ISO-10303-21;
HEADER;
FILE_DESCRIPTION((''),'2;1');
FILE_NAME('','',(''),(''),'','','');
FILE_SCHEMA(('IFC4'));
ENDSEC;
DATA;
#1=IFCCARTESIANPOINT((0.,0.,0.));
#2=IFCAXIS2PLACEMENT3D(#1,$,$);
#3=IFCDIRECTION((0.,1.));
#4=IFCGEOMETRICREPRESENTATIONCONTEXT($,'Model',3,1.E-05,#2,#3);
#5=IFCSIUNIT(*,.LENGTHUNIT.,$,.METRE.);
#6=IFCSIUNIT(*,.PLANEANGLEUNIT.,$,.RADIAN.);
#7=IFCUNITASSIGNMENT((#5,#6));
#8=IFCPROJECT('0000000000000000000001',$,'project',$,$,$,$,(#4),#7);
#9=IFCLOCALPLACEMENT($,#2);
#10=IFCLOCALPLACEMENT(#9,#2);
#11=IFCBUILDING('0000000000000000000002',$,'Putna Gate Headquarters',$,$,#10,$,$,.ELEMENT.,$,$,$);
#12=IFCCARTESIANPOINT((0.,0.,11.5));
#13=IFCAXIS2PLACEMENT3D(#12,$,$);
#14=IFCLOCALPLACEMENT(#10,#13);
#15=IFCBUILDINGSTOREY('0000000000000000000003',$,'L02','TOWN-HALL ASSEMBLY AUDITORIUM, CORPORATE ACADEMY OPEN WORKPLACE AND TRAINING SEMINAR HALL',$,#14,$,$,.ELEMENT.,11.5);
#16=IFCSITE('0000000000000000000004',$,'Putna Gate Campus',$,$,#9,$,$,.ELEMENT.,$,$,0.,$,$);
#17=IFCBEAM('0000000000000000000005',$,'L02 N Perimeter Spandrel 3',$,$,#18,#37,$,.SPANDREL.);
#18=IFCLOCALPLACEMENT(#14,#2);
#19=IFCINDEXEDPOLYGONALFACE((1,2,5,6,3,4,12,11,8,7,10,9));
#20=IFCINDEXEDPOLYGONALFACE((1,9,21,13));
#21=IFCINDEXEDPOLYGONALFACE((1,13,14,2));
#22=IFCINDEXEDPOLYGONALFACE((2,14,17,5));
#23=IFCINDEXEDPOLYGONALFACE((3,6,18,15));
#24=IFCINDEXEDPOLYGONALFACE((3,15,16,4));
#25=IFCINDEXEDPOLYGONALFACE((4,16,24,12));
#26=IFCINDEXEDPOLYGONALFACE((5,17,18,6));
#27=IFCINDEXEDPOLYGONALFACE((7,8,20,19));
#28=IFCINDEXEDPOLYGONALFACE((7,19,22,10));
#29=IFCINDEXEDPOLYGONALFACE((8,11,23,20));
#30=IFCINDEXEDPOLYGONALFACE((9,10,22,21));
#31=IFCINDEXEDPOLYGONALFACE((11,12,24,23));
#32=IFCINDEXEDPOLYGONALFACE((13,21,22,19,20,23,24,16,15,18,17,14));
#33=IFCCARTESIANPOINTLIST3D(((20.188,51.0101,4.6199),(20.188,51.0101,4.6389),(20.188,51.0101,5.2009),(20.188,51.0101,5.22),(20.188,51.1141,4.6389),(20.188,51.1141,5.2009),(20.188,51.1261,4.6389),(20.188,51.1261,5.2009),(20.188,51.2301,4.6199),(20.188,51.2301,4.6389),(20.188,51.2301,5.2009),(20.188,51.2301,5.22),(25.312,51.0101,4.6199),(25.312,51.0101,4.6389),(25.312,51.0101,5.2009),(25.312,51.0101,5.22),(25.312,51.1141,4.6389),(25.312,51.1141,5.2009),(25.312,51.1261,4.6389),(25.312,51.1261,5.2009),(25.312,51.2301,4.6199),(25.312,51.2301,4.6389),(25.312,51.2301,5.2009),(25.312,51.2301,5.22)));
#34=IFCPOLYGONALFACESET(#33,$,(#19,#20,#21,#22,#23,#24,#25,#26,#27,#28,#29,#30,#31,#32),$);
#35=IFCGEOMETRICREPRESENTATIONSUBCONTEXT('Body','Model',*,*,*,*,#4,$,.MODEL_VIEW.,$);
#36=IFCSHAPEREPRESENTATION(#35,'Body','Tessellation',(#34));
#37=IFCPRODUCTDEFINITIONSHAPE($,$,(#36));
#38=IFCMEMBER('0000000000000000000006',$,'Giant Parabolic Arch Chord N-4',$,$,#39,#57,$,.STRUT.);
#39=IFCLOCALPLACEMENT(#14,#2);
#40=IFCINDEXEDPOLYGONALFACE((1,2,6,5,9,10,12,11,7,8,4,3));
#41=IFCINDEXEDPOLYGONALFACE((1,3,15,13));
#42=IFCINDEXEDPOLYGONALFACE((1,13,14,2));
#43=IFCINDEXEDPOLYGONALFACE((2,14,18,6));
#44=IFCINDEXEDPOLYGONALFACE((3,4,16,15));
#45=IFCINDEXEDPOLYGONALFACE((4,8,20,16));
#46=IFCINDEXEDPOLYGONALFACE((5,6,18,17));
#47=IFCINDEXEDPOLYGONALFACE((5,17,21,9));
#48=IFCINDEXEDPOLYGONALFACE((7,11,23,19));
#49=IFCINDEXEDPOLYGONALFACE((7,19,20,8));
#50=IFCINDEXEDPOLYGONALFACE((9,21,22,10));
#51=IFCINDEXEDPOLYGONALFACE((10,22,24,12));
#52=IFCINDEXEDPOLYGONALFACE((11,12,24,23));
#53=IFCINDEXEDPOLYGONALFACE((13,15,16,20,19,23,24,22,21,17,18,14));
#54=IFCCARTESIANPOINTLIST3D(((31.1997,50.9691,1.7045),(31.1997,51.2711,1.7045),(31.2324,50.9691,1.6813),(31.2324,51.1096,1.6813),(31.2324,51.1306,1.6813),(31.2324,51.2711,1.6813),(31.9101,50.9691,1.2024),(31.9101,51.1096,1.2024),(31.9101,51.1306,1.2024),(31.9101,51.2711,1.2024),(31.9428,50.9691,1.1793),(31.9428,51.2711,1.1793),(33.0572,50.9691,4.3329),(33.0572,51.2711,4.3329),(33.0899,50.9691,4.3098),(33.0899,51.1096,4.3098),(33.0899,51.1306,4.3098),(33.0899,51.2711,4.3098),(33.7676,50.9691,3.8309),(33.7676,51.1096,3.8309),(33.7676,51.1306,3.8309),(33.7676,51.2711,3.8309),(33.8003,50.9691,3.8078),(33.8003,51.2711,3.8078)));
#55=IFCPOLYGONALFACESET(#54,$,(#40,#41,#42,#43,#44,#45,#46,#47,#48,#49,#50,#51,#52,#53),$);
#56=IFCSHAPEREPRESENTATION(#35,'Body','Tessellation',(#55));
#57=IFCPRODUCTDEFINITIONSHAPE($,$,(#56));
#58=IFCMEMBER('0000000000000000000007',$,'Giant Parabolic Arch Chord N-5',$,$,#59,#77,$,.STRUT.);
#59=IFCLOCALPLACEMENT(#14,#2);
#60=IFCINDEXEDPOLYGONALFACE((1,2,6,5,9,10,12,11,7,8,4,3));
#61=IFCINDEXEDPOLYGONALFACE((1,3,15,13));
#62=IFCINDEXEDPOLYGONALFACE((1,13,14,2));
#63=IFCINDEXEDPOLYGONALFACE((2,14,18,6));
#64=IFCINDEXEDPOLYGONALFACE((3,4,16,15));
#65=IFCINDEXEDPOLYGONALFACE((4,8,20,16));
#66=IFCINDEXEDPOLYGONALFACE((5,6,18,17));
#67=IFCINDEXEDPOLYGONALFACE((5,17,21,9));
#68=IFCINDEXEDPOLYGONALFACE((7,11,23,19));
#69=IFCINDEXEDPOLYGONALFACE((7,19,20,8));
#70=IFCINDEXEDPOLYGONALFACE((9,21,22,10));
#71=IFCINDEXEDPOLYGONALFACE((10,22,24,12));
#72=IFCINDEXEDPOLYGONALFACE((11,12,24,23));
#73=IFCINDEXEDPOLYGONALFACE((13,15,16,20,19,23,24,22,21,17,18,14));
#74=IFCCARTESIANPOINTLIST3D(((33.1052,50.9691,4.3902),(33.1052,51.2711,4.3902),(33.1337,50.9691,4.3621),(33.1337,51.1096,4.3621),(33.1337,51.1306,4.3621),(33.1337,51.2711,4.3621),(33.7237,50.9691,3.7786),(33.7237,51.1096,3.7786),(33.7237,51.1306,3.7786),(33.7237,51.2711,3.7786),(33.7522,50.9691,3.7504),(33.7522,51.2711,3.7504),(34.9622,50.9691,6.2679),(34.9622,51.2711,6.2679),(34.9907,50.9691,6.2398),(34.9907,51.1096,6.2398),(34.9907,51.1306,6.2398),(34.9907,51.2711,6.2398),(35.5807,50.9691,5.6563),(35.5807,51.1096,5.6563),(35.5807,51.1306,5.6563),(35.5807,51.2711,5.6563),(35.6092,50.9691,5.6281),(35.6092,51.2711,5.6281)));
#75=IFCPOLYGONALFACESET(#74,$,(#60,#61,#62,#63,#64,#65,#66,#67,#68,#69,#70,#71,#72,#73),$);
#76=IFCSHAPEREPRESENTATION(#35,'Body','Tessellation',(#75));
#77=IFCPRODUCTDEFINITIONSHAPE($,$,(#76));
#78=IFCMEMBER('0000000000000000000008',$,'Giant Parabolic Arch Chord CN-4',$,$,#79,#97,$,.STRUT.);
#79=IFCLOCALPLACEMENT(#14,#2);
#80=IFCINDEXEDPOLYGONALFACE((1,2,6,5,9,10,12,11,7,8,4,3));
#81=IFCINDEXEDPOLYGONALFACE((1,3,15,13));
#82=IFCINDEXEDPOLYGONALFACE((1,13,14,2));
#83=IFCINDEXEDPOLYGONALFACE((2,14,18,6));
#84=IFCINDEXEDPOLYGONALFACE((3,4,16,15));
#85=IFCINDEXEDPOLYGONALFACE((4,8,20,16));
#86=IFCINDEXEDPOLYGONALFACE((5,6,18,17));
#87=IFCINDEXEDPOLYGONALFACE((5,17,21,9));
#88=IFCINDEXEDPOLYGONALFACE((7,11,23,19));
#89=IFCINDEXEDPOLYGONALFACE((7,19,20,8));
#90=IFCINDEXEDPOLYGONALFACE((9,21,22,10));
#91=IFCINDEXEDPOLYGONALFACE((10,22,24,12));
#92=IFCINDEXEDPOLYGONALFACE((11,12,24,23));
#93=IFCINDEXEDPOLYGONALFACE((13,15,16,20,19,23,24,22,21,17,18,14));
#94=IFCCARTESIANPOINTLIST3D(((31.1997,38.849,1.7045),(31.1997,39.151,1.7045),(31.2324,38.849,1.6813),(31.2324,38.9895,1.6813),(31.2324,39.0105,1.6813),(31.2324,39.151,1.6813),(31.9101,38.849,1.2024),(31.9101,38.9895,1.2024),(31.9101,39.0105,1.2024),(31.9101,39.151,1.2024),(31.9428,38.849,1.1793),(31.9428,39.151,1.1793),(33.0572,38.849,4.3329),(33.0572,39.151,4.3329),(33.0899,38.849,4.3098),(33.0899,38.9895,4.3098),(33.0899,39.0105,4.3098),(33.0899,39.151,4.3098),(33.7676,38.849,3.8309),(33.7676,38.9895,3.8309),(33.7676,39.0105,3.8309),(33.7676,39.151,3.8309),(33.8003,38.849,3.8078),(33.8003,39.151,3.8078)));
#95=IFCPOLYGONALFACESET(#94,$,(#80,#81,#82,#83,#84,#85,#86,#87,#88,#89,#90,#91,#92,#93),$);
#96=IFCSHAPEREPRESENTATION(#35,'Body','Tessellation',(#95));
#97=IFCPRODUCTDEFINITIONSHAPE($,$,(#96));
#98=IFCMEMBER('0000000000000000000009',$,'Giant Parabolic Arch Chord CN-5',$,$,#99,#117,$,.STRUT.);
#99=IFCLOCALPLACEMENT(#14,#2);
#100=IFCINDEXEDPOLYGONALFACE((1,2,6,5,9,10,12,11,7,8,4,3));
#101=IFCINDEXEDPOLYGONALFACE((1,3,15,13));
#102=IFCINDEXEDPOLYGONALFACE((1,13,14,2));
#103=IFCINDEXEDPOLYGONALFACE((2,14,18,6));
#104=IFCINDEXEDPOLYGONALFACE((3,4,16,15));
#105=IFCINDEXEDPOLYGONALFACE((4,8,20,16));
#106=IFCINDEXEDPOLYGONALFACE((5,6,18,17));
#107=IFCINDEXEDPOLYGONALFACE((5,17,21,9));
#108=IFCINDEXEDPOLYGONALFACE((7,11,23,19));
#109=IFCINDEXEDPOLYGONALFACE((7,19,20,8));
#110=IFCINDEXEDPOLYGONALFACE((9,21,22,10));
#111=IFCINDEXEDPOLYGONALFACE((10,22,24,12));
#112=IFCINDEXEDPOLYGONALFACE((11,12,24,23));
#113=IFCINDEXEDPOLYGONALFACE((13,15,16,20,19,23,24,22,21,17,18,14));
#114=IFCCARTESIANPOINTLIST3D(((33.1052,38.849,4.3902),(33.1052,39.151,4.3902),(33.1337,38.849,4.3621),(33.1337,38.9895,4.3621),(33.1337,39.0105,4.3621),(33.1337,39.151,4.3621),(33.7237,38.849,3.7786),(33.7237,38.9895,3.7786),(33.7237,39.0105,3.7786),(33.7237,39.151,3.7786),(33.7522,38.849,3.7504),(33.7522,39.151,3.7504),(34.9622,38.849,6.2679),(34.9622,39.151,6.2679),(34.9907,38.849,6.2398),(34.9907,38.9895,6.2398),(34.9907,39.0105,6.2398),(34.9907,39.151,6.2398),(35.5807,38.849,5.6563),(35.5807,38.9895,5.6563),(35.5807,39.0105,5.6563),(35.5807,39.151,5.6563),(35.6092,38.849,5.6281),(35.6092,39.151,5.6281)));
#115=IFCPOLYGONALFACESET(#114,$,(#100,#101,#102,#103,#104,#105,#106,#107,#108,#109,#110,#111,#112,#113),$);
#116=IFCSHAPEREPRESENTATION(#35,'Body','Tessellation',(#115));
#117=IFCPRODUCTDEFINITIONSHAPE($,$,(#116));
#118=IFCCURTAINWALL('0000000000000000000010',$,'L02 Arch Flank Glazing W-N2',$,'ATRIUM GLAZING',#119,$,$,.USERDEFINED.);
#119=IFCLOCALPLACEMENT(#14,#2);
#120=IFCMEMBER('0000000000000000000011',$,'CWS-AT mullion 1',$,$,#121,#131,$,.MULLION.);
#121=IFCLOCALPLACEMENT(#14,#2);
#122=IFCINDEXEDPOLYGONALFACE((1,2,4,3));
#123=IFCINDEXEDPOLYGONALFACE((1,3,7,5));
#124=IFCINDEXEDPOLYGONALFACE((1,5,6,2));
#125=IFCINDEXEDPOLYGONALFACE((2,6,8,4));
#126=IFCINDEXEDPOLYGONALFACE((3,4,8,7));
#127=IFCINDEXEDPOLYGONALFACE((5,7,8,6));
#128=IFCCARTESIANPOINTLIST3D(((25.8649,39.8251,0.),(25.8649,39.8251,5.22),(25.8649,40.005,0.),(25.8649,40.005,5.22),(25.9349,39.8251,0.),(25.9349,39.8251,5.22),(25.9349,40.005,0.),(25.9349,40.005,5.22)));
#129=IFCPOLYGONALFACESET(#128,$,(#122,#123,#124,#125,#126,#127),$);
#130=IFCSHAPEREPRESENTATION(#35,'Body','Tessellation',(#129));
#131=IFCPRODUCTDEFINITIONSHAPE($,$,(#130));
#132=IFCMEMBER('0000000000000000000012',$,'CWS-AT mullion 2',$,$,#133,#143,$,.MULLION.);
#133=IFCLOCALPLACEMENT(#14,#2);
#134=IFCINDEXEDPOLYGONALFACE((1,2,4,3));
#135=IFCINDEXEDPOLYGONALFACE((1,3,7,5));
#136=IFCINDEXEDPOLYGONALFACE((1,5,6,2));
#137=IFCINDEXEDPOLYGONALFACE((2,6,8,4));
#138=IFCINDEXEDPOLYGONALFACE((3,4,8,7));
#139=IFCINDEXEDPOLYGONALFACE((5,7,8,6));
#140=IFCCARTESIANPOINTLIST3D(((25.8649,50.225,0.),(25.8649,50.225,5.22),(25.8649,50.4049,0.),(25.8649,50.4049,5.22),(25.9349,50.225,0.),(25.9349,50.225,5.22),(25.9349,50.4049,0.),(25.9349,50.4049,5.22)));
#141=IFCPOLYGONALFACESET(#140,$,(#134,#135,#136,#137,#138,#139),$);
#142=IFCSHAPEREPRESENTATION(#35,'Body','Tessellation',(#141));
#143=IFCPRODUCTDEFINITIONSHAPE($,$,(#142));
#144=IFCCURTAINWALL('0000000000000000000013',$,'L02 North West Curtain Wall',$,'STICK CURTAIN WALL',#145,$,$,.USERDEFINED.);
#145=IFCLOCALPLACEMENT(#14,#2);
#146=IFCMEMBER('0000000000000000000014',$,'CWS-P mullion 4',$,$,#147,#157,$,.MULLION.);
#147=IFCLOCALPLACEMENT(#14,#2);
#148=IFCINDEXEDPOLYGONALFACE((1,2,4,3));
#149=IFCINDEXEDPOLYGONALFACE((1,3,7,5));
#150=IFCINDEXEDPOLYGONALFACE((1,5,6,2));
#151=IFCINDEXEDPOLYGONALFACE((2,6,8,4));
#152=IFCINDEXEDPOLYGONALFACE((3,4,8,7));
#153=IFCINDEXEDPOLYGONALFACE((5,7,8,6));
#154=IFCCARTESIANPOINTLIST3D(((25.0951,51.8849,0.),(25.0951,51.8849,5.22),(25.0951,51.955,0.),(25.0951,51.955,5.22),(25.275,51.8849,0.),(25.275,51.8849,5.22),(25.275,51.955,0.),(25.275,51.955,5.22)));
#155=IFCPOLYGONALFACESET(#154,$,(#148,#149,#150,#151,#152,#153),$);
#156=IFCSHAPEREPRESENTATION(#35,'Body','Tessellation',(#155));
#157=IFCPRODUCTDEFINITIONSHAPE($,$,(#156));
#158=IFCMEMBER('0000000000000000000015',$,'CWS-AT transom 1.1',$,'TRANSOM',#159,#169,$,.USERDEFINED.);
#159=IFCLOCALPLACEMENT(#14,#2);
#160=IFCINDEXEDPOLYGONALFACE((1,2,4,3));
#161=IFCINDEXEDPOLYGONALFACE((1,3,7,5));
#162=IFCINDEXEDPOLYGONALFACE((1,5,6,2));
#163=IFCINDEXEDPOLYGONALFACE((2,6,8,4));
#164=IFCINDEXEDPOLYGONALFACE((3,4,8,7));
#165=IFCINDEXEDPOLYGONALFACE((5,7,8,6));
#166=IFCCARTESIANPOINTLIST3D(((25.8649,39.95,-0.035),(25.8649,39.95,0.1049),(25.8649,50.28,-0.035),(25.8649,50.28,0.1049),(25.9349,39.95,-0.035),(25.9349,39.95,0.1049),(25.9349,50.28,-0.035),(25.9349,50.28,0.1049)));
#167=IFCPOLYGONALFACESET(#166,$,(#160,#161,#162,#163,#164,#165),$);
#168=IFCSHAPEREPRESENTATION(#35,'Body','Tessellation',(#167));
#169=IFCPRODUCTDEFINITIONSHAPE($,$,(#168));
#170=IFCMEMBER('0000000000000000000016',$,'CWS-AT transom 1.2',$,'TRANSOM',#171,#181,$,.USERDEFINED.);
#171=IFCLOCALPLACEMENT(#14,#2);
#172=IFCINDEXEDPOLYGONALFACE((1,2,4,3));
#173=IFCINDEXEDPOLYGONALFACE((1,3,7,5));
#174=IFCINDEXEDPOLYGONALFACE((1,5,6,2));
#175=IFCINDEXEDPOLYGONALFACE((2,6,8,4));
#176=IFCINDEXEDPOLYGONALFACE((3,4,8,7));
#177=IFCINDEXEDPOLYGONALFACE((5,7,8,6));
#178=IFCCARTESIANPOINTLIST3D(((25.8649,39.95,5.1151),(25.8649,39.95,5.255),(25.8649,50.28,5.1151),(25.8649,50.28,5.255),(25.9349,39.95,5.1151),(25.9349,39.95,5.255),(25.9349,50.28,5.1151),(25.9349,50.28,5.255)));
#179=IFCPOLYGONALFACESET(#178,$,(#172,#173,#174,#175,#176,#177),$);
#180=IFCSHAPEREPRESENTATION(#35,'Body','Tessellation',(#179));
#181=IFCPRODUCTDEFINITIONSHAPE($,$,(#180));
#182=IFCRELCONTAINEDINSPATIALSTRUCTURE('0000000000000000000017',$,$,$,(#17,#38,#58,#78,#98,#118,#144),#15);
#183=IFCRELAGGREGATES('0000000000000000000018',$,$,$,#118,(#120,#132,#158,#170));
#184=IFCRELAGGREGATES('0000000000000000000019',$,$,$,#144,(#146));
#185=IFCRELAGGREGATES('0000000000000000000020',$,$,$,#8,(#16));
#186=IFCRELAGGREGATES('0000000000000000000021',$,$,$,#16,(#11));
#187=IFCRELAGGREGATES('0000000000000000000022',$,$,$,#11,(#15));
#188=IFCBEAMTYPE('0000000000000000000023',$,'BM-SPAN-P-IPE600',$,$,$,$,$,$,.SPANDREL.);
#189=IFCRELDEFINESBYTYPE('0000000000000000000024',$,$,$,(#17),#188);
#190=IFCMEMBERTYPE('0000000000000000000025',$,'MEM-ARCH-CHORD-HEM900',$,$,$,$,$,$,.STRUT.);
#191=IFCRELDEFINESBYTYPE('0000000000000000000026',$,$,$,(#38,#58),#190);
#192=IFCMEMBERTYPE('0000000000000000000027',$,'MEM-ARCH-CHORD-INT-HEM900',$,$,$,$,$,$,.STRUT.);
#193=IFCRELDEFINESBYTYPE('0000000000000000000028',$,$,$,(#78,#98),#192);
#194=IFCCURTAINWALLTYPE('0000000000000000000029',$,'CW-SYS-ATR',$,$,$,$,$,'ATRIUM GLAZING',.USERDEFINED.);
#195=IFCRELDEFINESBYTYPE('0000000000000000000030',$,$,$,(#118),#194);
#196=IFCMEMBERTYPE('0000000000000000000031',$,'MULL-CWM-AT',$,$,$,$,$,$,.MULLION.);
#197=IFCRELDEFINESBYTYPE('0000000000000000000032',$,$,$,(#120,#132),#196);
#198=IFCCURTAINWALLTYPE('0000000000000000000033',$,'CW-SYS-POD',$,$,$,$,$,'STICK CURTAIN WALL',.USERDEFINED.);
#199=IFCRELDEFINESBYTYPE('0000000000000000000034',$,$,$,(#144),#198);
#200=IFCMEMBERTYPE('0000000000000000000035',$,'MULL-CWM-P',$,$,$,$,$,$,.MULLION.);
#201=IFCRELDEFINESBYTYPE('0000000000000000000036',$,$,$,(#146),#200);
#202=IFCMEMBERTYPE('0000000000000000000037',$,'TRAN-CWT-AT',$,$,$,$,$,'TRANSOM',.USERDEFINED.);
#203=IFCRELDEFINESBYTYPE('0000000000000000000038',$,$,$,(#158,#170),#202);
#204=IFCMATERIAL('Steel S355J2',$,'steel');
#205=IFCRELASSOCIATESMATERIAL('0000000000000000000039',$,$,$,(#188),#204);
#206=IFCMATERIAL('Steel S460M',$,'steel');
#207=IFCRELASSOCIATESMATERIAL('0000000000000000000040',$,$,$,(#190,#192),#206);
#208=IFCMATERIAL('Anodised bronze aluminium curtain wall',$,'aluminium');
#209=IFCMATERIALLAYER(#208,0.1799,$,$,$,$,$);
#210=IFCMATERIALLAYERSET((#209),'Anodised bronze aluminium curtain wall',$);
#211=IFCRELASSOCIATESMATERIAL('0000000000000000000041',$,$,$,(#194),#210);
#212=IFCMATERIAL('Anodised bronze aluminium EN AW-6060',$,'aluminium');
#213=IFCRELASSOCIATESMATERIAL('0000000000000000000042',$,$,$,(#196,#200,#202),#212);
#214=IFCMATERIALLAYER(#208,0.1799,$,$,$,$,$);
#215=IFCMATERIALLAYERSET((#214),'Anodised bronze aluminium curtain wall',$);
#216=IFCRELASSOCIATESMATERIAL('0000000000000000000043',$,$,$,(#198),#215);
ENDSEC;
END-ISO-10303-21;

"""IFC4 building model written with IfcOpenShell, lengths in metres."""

from ifc_helpers import new_model, si_unit, direction, frame, origin, origin_2d, place, context, subcontext, project, spatial, rectangle, i_section, extrude, material, layer, layer_set, material_profile, profile_set, type_object, element, aggregate, save


model = new_model("IFC4")

# Units and contexts
model_context = context("Model", 3, precision=1e-05, world=origin(), true_north=direction((0.0, 1.0)))
body_context = subcontext(model_context, "Body", "Model", "MODEL_VIEW")
ifc_project = project(units=[si_unit("LENGTHUNIT", "METRE"), si_unit("PLANEANGLEUNIT", "RADIAN")], contexts=[model_context])

# Site, building, storey
site_placement = place(None, origin())
site = spatial("IfcSite", under=ifc_project, at=site_placement, Name="Putna Gate Campus", CompositionType="ELEMENT", RefElevation=0.0)
building_placement = place(site_placement, origin())
building = spatial("IfcBuilding", under=site, at=building_placement, Name="Putna Gate Headquarters", CompositionType="ELEMENT")
storey_placement = place(building_placement, frame((0.0, 0.0, 11.5)))
storey = spatial("IfcBuildingStorey", under=building, at=storey_placement, Name="L02", Description="TOWN-HALL ASSEMBLY AUDITORIUM, CORPORATE ACADEMY OPEN WORKPLACE AND TRAINING SEMINAR HALL", CompositionType="ELEMENT", Elevation=11.5)

# Beam
ifc_material_1 = material(Name="Steel S355J2", Category="steel")
ifc_material_profile_1 = material_profile(ifc_material_1, i_section(OverallWidth=0.22, OverallDepth=0.6001, WebThickness=0.012, FlangeThickness=0.019, at=origin_2d()), Name="Steel S355J2")
ifc_profile_set_1 = profile_set([ifc_material_profile_1], Name="Steel S355J2")
beam_type_1 = type_object("IfcBeamType", Name="BM-SPAN-P-IPE600", PredefinedType="SPANDREL", material=ifc_profile_set_1)
beam_1_placement = place(storey_placement, frame((20.188, 51.1201, 4.9199), z_axis=(1.0, 0.0, 0.0), x_axis=(0.0, 1.0, 0.0)))
element("IfcBeam", 1, at=beam_1_placement, inside=storey, type_object=beam_type_1, Name="L02 N Perimeter Spandrel 3", PredefinedType="SPANDREL", context=body_context, shape_type="SweptSolid", body=[
    extrude(i_section(OverallWidth=0.22, OverallDepth=0.6001, WebThickness=0.012, FlangeThickness=0.019, at=origin_2d()), origin(), (0.0, 0.0, 1.0), 5.124),
])

# Members
ifc_material_2 = material(Name="Steel S460M", Category="steel")
ifc_material_profile_2 = material_profile(ifc_material_2, i_section(OverallWidth=0.302, OverallDepth=0.9099, WebThickness=0.021, FlangeThickness=0.04, at=origin_2d()), Name="Steel S460M")
ifc_profile_set_2 = profile_set([ifc_material_profile_2], Name="Steel S460M")
member_type_1 = type_object("IfcMemberType", Name="MEM-ARCH-CHORD-HEM900", PredefinedType="STRUT", material=ifc_profile_set_2)
member_1_placement = place(storey_placement, frame((31.5713, 51.1201, 1.4419), z_axis=(0.577112, 0.0, 0.816665), x_axis=(0.0, 1.0, 0.0)))
element("IfcMember", 2, at=member_1_placement, inside=storey, type_object=member_type_1, Name="Giant Parabolic Arch Chord N-4", PredefinedType="STRUT", context=body_context, shape_type="SweptSolid", body=[
    extrude(i_section(OverallWidth=0.302, OverallDepth=0.9099, WebThickness=0.021, FlangeThickness=0.04, at=origin_2d()), origin(), (0.0, 0.0, 1.0), 3.2185),
])
member_2_placement = place(storey_placement, frame((33.4287, 51.1201, 4.0703), z_axis=(0.703167, 0.0, 0.711025), x_axis=(0.0, 1.0, 0.0)))
element("IfcMember", 3, at=member_2_placement, inside=storey, type_object=member_type_1, Name="Giant Parabolic Arch Chord N-5", PredefinedType="STRUT", context=body_context, shape_type="SweptSolid", body=[
    extrude(i_section(OverallWidth=0.302, OverallDepth=0.9099, WebThickness=0.021, FlangeThickness=0.04, at=origin_2d()), origin(), (0.0, 0.0, 1.0), 2.6409),
])
ifc_material_profile_3 = material_profile(ifc_material_2, i_section(OverallWidth=0.302, OverallDepth=0.9099, WebThickness=0.021, FlangeThickness=0.04, at=origin_2d()), Name="Steel S460M")
ifc_profile_set_3 = profile_set([ifc_material_profile_3], Name="Steel S460M")
member_type_2 = type_object("IfcMemberType", Name="MEM-ARCH-CHORD-INT-HEM900", PredefinedType="STRUT", material=ifc_profile_set_3)
member_3_placement = place(storey_placement, frame((31.5713, 39.0, 1.4419), z_axis=(0.577112, 0.0, 0.816665), x_axis=(0.0, 1.0, 0.0)))
element("IfcMember", 4, at=member_3_placement, inside=storey, type_object=member_type_2, Name="Giant Parabolic Arch Chord CN-4", PredefinedType="STRUT", context=body_context, shape_type="SweptSolid", body=[
    extrude(i_section(OverallWidth=0.302, OverallDepth=0.9099, WebThickness=0.021, FlangeThickness=0.04, at=origin_2d()), origin(), (0.0, 0.0, 1.0), 3.2185),
])
member_4_placement = place(storey_placement, frame((33.4287, 39.0, 4.0703), z_axis=(0.703167, 0.0, 0.711025), x_axis=(0.0, 1.0, 0.0)))
element("IfcMember", 5, at=member_4_placement, inside=storey, type_object=member_type_2, Name="Giant Parabolic Arch Chord CN-5", PredefinedType="STRUT", context=body_context, shape_type="SweptSolid", body=[
    extrude(i_section(OverallWidth=0.302, OverallDepth=0.9099, WebThickness=0.021, FlangeThickness=0.04, at=origin_2d()), origin(), (0.0, 0.0, 1.0), 2.6409),
])

# Curtain wall, members
ifc_material_3 = material(Name="Anodised bronze aluminium curtain wall", Category="aluminium")
ifc_layer_1 = layer(ifc_material_3, 0.1799)
ifc_layer_set_1 = layer_set([ifc_layer_1], Name="Anodised bronze aluminium curtain wall")
curtain_wall_type_1 = type_object("IfcCurtainWallType", Name="CW-SYS-ATR", ElementType="ATRIUM GLAZING", PredefinedType="USERDEFINED", material=ifc_layer_set_1)
curtain_wall_1_placement = place(storey_placement, origin())
curtain_wall_1 = element("IfcCurtainWall", 6, at=curtain_wall_1_placement, inside=storey, type_object=curtain_wall_type_1, Name="L02 Arch Flank Glazing W-N2", ObjectType="ATRIUM GLAZING", PredefinedType="USERDEFINED")
ifc_material_4 = material(Name="Anodised bronze aluminium EN AW-6060", Category="aluminium")
ifc_material_profile_4 = material_profile(ifc_material_4, rectangle(XDim=0.0701, YDim=0.1799, at=origin_2d()), Name="Anodised bronze aluminium EN AW-6060")
ifc_profile_set_4 = profile_set([ifc_material_profile_4], Name="Anodised bronze aluminium EN AW-6060")
member_type_3 = type_object("IfcMemberType", Name="MULL-CWM-AT", PredefinedType="MULLION", material=ifc_profile_set_4)
member_5_placement = place(storey_placement, frame((25.8999, 39.915, 0.0), z_axis=(0.0, 0.0, 1.0), x_axis=(-1.0, 0.0, 0.0)))
member_5 = element("IfcMember", 7, at=member_5_placement, type_object=member_type_3, Name="CWS-AT mullion 1", PredefinedType="MULLION", context=body_context, shape_type="SweptSolid", body=[
    extrude(rectangle(XDim=0.0701, YDim=0.1799, at=origin_2d()), origin(), (0.0, 0.0, 1.0), 5.22),
])
member_6_placement = place(storey_placement, frame((25.8999, 50.3149, 0.0), z_axis=(0.0, 0.0, 1.0), x_axis=(-1.0, 0.0, 0.0)))
member_6 = element("IfcMember", 8, at=member_6_placement, type_object=member_type_3, Name="CWS-AT mullion 2", PredefinedType="MULLION", context=body_context, shape_type="SweptSolid", body=[
    extrude(rectangle(XDim=0.0701, YDim=0.1799, at=origin_2d()), origin(), (0.0, 0.0, 1.0), 5.22),
])

# Curtain wall, member
ifc_layer_2 = layer(ifc_material_3, 0.1799)
ifc_layer_set_2 = layer_set([ifc_layer_2], Name="Anodised bronze aluminium curtain wall")
curtain_wall_type_2 = type_object("IfcCurtainWallType", Name="CW-SYS-POD", ElementType="STICK CURTAIN WALL", PredefinedType="USERDEFINED", material=ifc_layer_set_2)
curtain_wall_2_placement = place(storey_placement, origin())
curtain_wall_2 = element("IfcCurtainWall", 9, at=curtain_wall_2_placement, inside=storey, type_object=curtain_wall_type_2, Name="L02 North West Curtain Wall", ObjectType="STICK CURTAIN WALL", PredefinedType="USERDEFINED")
ifc_material_profile_5 = material_profile(ifc_material_4, rectangle(XDim=0.0701, YDim=0.1799, at=origin_2d()), Name="Anodised bronze aluminium EN AW-6060")
ifc_profile_set_5 = profile_set([ifc_material_profile_5], Name="Anodised bronze aluminium EN AW-6060")
member_type_4 = type_object("IfcMemberType", Name="MULL-CWM-P", PredefinedType="MULLION", material=ifc_profile_set_5)
member_7_placement = place(storey_placement, frame((25.1851, 51.9199, 0.0), z_axis=(0.0, 0.0, 1.0), x_axis=(0.0, 1.0, 0.0)))
member_7 = element("IfcMember", 10, at=member_7_placement, type_object=member_type_4, Name="CWS-P mullion 4", PredefinedType="MULLION", context=body_context, shape_type="SweptSolid", body=[
    extrude(rectangle(XDim=0.0701, YDim=0.1799, at=origin_2d()), origin(), (0.0, 0.0, 1.0), 5.22),
])

# Members
ifc_material_profile_6 = material_profile(ifc_material_4, rectangle(XDim=0.0701, YDim=0.1399, at=origin_2d()), Name="Anodised bronze aluminium EN AW-6060")
ifc_profile_set_6 = profile_set([ifc_material_profile_6], Name="Anodised bronze aluminium EN AW-6060")
member_type_5 = type_object("IfcMemberType", Name="TRAN-CWT-AT", ElementType="TRANSOM", PredefinedType="USERDEFINED", material=ifc_profile_set_6)
member_8_placement = place(storey_placement, frame((25.8999, 39.95, 0.0349), z_axis=(0.0, 1.0, 0.0), x_axis=(-1.0, 0.0, 0.0)))
member_8 = element("IfcMember", 11, at=member_8_placement, type_object=member_type_5, Name="CWS-AT transom 1.1", ObjectType="TRANSOM", PredefinedType="USERDEFINED", context=body_context, shape_type="SweptSolid", body=[
    extrude(rectangle(XDim=0.0701, YDim=0.1399, at=origin_2d()), origin(), (0.0, 0.0, 1.0), 10.3301),
])
member_9_placement = place(storey_placement, frame((25.8999, 39.95, 5.1851), z_axis=(0.0, 1.0, 0.0), x_axis=(-1.0, 0.0, 0.0)))
member_9 = element("IfcMember", 12, at=member_9_placement, type_object=member_type_5, Name="CWS-AT transom 1.2", ObjectType="TRANSOM", PredefinedType="USERDEFINED", context=body_context, shape_type="SweptSolid", body=[
    extrude(rectangle(XDim=0.0701, YDim=0.1399, at=origin_2d()), origin(), (0.0, 0.0, 1.0), 10.3301),
])

aggregate(curtain_wall_1, [member_5, member_6, member_8, member_9])
aggregate(curtain_wall_2, [member_7])

save(model, "model.ifc")
